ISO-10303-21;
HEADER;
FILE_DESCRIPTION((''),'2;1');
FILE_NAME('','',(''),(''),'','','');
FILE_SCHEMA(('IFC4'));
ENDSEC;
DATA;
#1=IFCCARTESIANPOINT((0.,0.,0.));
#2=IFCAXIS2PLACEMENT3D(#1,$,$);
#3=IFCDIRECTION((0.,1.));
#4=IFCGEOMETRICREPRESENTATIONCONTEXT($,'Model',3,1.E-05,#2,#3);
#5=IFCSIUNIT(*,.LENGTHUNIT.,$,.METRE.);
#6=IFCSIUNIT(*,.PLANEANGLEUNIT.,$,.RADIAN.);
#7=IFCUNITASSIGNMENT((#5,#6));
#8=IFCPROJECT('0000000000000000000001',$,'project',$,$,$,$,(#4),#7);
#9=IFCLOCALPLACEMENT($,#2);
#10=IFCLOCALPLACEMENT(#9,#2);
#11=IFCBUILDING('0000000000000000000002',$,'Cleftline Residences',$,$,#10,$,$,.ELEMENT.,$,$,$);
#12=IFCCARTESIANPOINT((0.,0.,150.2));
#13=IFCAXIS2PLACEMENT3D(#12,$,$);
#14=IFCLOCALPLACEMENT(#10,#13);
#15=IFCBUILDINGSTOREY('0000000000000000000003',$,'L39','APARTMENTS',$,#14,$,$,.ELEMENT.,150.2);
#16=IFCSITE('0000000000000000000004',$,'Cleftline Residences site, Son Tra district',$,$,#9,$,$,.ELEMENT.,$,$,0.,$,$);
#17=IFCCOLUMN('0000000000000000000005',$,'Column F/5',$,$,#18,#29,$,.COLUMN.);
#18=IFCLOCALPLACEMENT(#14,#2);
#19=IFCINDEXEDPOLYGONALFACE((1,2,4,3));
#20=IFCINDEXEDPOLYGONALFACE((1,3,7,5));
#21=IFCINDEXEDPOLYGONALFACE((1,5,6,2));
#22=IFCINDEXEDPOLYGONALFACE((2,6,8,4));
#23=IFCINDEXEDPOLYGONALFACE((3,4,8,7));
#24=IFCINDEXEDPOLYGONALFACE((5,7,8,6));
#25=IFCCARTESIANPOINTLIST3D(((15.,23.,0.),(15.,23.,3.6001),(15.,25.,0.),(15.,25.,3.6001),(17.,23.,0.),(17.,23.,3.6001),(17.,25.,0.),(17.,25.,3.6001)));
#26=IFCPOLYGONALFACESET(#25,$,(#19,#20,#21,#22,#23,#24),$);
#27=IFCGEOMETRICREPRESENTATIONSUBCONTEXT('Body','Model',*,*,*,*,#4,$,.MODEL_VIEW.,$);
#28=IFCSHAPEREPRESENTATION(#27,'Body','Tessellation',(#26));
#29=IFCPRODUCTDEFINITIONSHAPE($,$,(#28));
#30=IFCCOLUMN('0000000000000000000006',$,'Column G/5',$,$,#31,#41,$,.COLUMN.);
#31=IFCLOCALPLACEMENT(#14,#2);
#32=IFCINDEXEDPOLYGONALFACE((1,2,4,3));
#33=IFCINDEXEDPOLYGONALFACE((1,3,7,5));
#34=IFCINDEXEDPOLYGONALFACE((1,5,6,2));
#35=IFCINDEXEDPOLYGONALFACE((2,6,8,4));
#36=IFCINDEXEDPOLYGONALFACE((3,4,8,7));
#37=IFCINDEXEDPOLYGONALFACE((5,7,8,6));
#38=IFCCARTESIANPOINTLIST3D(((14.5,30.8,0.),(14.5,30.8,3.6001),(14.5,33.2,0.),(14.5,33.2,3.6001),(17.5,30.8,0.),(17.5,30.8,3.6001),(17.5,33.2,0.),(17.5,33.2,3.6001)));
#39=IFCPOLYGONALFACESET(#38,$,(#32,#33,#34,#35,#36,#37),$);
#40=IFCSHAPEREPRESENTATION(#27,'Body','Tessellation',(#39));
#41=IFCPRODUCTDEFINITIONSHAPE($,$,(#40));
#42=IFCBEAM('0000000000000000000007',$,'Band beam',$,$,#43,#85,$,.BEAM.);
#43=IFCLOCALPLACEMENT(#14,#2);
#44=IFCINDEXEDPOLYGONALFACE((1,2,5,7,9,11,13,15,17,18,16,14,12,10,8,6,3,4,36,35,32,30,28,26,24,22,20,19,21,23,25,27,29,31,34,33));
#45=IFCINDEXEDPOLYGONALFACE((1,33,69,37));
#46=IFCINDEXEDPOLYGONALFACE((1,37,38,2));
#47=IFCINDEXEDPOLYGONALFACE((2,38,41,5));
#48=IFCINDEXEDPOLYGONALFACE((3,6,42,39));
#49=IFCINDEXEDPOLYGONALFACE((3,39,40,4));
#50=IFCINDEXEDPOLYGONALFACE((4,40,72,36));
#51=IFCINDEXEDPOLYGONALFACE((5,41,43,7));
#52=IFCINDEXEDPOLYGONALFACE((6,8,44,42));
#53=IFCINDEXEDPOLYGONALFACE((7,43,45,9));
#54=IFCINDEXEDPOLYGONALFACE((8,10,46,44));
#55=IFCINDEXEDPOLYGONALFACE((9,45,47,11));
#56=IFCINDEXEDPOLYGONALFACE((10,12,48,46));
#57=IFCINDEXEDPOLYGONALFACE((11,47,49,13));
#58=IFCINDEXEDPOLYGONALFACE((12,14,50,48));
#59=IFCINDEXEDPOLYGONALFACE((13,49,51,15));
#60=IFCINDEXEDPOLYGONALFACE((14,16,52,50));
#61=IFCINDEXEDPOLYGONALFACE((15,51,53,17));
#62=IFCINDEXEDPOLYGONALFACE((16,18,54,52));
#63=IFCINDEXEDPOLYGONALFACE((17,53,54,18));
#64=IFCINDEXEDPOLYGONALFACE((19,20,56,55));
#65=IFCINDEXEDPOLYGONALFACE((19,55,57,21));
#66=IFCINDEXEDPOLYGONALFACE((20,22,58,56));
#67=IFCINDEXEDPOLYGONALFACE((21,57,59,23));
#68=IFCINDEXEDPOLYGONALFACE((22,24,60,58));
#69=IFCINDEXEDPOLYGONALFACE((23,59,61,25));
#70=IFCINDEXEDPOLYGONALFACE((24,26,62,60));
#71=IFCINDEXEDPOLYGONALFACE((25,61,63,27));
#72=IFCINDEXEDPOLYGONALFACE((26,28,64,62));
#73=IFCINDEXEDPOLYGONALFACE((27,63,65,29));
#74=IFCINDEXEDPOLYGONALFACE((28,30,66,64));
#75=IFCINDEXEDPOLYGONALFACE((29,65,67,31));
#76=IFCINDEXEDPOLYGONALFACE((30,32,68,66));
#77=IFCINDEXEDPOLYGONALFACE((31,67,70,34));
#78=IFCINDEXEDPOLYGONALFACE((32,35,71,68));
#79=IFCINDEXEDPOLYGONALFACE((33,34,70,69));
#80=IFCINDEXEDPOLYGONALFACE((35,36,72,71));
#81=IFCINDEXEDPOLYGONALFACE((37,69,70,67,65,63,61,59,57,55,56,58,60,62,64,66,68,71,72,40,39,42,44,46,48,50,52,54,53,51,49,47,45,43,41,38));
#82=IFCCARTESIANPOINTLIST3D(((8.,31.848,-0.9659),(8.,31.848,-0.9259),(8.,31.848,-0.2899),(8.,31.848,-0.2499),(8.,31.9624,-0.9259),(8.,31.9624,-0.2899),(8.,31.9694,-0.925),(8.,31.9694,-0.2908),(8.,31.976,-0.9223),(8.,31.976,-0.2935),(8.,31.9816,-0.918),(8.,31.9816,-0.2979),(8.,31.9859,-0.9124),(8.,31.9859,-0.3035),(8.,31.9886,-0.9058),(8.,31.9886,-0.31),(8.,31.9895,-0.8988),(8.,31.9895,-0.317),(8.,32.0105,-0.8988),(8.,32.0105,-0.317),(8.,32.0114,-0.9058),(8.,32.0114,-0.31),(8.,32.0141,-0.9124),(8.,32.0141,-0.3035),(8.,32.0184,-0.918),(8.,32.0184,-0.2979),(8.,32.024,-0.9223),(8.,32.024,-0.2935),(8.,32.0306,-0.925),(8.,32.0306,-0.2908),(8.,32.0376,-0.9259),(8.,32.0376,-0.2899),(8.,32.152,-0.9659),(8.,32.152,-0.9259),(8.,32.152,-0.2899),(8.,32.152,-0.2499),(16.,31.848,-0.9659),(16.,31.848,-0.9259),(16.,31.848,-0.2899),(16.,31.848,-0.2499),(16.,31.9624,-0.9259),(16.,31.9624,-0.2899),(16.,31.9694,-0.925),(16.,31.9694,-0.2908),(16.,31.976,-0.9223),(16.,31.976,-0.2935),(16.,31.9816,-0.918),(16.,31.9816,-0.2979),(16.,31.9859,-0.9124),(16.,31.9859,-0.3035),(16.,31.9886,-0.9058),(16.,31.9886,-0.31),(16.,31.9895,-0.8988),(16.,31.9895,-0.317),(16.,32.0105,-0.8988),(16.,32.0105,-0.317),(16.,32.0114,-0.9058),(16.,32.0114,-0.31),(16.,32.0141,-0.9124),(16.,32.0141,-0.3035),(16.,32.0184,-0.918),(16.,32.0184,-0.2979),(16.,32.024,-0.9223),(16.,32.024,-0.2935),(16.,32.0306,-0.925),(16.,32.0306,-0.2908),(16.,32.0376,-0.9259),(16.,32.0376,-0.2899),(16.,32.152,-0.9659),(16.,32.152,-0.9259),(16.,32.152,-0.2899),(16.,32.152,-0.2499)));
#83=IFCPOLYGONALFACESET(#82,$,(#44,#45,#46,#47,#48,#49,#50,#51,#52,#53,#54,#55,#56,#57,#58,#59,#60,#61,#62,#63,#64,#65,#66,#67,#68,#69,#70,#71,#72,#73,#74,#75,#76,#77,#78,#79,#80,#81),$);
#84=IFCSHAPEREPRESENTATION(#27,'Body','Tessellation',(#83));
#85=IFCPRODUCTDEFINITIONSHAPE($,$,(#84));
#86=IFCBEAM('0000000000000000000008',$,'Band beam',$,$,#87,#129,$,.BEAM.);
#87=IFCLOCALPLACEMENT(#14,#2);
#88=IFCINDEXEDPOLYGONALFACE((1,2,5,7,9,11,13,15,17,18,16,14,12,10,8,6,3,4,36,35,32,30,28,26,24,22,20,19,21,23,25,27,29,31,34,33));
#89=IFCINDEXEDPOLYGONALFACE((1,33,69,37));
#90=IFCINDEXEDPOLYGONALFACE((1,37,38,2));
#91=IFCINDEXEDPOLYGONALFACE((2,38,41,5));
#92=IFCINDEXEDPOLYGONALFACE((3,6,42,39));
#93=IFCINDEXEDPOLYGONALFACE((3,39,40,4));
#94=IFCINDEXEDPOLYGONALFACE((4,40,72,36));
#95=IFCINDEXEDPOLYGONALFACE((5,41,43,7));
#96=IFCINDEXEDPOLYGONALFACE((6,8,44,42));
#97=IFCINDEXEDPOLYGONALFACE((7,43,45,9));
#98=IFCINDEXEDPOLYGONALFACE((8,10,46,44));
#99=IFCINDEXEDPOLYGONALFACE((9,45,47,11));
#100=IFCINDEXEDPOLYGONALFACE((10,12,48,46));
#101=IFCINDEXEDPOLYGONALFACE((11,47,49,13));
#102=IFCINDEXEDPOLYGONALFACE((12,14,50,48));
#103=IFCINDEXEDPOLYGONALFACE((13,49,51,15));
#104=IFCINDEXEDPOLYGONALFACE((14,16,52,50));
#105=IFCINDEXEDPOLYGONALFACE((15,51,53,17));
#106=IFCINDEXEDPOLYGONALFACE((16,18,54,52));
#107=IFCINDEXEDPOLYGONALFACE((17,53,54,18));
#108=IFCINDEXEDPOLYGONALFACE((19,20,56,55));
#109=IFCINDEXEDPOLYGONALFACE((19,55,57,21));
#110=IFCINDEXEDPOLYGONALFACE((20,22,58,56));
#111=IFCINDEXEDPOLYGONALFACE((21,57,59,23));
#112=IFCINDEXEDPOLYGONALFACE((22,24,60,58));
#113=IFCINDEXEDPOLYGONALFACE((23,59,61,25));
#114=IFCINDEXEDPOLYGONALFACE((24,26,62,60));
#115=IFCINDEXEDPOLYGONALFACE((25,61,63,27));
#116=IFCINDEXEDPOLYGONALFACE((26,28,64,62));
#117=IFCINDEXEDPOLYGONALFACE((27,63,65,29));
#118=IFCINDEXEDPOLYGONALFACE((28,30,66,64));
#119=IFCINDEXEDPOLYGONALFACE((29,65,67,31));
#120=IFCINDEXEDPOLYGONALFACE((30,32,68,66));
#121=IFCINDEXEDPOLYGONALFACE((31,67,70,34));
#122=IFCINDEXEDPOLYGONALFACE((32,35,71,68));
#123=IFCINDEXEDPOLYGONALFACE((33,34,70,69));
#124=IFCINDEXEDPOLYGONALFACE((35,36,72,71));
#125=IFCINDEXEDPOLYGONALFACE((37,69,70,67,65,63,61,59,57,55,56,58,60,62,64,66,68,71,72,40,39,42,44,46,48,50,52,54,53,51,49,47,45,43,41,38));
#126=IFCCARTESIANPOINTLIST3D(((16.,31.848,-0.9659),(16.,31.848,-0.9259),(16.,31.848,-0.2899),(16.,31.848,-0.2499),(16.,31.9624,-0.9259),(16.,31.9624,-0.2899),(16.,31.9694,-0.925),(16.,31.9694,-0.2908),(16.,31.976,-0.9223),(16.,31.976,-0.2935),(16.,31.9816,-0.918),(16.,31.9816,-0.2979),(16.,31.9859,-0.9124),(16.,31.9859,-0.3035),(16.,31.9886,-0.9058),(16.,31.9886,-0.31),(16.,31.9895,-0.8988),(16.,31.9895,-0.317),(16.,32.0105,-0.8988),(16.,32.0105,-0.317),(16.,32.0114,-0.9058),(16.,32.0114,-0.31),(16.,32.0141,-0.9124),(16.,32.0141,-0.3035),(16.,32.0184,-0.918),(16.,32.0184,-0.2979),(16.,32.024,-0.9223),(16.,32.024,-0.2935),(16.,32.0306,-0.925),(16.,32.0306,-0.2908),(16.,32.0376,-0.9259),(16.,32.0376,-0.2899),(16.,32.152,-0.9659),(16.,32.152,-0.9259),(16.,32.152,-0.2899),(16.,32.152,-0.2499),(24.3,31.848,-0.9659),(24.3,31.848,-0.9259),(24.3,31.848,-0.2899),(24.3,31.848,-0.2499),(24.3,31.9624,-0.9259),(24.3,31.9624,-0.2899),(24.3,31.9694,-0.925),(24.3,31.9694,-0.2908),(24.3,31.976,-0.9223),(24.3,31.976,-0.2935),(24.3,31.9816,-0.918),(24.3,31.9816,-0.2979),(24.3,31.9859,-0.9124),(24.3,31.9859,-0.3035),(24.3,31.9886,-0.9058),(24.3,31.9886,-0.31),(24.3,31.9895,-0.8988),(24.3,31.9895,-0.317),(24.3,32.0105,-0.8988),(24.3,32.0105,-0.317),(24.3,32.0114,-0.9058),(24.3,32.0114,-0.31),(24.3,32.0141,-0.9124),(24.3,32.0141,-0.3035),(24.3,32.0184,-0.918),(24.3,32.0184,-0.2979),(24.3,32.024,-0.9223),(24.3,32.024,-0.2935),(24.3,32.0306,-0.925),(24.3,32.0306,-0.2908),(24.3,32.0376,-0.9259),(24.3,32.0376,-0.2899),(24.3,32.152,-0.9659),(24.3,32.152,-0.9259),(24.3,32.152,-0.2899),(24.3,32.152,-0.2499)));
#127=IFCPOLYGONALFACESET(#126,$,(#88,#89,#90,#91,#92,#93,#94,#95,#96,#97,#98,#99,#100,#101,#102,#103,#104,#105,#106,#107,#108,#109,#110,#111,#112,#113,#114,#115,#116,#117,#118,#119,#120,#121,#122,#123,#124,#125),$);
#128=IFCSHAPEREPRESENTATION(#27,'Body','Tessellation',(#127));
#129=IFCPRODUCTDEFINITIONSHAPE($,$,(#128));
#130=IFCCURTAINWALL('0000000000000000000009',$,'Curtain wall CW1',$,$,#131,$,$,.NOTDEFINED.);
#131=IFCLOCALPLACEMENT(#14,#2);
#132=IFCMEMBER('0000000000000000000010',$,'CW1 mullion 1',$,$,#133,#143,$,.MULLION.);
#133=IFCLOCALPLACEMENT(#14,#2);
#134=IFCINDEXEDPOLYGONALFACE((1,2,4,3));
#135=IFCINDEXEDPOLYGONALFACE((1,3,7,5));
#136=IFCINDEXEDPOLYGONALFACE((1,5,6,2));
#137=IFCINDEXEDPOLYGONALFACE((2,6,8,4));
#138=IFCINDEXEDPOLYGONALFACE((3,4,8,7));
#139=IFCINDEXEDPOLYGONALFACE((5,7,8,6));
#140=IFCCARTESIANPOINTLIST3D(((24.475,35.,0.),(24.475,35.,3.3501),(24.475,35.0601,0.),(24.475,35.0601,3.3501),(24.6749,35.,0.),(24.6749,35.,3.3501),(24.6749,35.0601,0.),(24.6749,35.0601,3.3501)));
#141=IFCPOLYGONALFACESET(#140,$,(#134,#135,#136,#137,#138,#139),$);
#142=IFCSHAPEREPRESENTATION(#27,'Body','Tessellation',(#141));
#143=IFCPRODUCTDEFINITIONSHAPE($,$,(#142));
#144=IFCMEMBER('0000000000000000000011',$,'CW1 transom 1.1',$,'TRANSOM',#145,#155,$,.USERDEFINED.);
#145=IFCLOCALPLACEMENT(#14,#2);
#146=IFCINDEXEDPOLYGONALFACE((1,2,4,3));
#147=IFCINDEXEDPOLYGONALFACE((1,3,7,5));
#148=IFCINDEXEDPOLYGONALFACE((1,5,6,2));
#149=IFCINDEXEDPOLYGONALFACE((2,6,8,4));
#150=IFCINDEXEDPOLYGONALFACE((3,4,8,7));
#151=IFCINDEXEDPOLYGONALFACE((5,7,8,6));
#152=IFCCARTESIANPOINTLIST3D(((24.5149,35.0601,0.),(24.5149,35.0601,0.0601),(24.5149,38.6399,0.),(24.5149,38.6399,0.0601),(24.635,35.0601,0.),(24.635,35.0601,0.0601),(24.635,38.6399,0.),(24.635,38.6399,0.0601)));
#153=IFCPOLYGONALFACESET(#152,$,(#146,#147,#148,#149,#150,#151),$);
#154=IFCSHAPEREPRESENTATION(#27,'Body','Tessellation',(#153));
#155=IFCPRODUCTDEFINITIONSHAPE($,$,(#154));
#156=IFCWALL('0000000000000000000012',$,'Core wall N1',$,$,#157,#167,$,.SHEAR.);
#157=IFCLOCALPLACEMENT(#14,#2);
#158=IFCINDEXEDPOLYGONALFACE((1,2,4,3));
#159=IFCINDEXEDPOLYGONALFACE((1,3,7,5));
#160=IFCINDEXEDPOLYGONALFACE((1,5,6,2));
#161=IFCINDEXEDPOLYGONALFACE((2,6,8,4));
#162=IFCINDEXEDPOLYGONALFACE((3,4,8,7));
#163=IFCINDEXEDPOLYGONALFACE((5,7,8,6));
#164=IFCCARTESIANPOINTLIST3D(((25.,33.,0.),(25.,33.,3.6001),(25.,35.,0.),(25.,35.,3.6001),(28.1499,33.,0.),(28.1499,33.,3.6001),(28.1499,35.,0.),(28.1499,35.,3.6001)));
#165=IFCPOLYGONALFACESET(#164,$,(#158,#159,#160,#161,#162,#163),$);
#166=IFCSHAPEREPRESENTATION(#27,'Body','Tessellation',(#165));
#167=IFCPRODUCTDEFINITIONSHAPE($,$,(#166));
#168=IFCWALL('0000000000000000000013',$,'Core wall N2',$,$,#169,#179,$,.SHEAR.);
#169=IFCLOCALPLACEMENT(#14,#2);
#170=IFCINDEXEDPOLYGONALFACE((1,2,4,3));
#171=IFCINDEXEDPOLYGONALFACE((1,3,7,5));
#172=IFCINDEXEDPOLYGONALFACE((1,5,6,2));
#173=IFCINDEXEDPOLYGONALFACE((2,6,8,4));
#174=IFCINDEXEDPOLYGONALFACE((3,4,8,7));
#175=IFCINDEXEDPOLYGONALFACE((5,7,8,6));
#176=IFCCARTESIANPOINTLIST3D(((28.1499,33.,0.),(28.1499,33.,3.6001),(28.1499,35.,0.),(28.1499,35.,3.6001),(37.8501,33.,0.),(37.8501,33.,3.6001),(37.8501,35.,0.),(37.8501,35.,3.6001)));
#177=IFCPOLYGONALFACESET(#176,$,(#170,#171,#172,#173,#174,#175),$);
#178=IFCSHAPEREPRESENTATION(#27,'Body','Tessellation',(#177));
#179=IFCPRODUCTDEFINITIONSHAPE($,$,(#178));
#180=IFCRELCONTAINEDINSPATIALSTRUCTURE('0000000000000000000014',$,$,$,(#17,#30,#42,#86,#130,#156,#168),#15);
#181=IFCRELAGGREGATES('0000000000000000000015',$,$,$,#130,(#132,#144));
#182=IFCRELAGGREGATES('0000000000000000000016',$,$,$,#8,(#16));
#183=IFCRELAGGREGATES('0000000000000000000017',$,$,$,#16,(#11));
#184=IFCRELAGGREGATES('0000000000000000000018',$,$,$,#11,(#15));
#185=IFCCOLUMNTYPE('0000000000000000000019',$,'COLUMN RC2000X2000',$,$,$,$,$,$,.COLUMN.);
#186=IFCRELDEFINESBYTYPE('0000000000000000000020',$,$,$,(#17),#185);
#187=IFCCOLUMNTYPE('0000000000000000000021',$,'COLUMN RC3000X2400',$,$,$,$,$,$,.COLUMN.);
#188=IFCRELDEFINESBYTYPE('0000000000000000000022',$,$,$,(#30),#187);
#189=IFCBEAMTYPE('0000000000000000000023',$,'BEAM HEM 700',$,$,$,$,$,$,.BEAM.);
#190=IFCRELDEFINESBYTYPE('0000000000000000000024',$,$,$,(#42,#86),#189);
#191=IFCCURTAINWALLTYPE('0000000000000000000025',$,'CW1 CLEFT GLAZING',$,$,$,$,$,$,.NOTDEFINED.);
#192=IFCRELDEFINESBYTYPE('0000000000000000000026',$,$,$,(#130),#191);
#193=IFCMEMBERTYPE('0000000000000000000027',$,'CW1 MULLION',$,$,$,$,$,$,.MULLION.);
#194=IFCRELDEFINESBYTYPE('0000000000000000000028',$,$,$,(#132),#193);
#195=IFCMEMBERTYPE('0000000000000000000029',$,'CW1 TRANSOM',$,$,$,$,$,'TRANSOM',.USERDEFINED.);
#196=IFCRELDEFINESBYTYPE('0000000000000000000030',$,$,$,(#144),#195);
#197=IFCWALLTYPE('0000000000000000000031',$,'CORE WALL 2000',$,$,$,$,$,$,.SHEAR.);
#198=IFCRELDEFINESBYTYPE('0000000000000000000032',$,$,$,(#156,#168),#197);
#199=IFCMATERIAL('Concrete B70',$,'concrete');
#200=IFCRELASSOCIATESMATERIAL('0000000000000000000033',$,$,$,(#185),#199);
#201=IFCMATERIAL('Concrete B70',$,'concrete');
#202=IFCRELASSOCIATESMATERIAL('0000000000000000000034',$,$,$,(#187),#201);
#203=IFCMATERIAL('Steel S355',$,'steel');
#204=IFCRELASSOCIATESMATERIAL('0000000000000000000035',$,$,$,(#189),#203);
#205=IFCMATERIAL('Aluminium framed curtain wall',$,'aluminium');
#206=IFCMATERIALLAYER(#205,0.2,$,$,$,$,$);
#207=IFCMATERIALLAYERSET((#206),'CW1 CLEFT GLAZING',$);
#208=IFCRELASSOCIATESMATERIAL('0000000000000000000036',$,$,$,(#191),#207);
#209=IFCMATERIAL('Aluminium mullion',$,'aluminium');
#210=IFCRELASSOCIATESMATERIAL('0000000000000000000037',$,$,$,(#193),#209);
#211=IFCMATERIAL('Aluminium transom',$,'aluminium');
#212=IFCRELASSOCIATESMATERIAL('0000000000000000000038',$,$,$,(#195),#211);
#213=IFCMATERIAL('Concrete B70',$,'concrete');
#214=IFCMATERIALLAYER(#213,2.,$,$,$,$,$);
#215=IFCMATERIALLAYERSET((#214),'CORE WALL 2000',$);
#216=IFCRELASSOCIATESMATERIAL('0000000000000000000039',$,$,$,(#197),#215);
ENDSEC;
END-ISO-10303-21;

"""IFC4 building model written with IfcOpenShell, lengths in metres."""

from ifc_helpers import new_model, si_unit, direction, frame, frame_2d, origin, origin_2d, place, context, subcontext, project, spatial, rectangle, i_section, extrude, material, layer, layer_set, material_profile, profile_set, type_object, element, aggregate, save


model = new_model("IFC4")

# Units and contexts
model_context = context("Model", 3, precision=1e-05, world=origin(), true_north=direction((0.0, 1.0)))
body_context = subcontext(model_context, "Body", "Model", "MODEL_VIEW")
ifc_project = project(units=[si_unit("LENGTHUNIT", "METRE"), si_unit("PLANEANGLEUNIT", "RADIAN")], contexts=[model_context])

# Site, building, storey
site_placement = place(None, origin())
site = spatial("IfcSite", under=ifc_project, at=site_placement, Name="Cleftline Residences site, Son Tra district", CompositionType="ELEMENT", RefElevation=0.0)
building_placement = place(site_placement, origin())
building = spatial("IfcBuilding", under=site, at=building_placement, Name="Cleftline Residences", CompositionType="ELEMENT")
storey_placement = place(building_placement, frame((0.0, 0.0, 150.2)))
storey = spatial("IfcBuildingStorey", under=building, at=storey_placement, Name="L39", Description="APARTMENTS", CompositionType="ELEMENT", Elevation=150.2)

# Columns
ifc_material_1 = material(Name="Concrete B70", Category="concrete")
ifc_material_profile_1 = material_profile(ifc_material_1, rectangle(XDim=2.0, YDim=2.0, at=origin_2d()))
ifc_profile_set_1 = profile_set([ifc_material_profile_1], Name="Concrete B70")
column_type_1 = type_object("IfcColumnType", Name="COLUMN RC2000X2000", PredefinedType="COLUMN", material=ifc_profile_set_1)
column_1_placement = place(storey_placement, frame((16.0, 24.0, 0.0), z_axis=(0.0, 0.0, 1.0), x_axis=(1.0, 0.0, 0.0)))
element("IfcColumn", 1, at=column_1_placement, inside=storey, type_object=column_type_1, Name="Column F/5", PredefinedType="COLUMN", context=body_context, shape_type="SweptSolid", body=[
    extrude(rectangle(XDim=2.0, YDim=2.0, at=origin_2d()), origin(), (0.0, 0.0, 1.0), 3.6001),
])
ifc_material_2 = material(Name="Concrete B70", Category="concrete")
ifc_material_profile_2 = material_profile(ifc_material_2, rectangle(XDim=3.0, YDim=2.3999, at=origin_2d()))
ifc_profile_set_2 = profile_set([ifc_material_profile_2], Name="Concrete B70")
column_type_2 = type_object("IfcColumnType", Name="COLUMN RC3000X2400", PredefinedType="COLUMN", material=ifc_profile_set_2)
column_2_placement = place(storey_placement, frame((16.0, 32.0, 0.0), z_axis=(0.0, 0.0, 1.0), x_axis=(1.0, 0.0, 0.0)))
element("IfcColumn", 2, at=column_2_placement, inside=storey, type_object=column_type_2, Name="Column G/5", PredefinedType="COLUMN", context=body_context, shape_type="SweptSolid", body=[
    extrude(rectangle(XDim=3.0, YDim=2.3999, at=origin_2d()), origin(), (0.0, 0.0, 1.0), 3.6001),
])

# Beams
ifc_material_3 = material(Name="Steel S355", Category="steel")
ifc_material_profile_3 = material_profile(ifc_material_3, i_section(OverallWidth=0.304, OverallDepth=0.7161, WebThickness=0.021, FlangeThickness=0.04, FilletRadius=0.0271, at=origin_2d()))
ifc_profile_set_3 = profile_set([ifc_material_profile_3], Name="Steel S355")
beam_type = type_object("IfcBeamType", Name="BEAM HEM 700", PredefinedType="BEAM", material=ifc_profile_set_3)
beam_1_placement = place(storey_placement, frame((8.0, 32.0, -0.6079), z_axis=(1.0, 0.0, 0.0), x_axis=(0.0, 1.0, 0.0)))
element("IfcBeam", 3, at=beam_1_placement, inside=storey, type_object=beam_type, Name="Band beam", PredefinedType="BEAM", context=body_context, shape_type="SweptSolid", body=[
    extrude(i_section(OverallWidth=0.304, OverallDepth=0.7161, WebThickness=0.021, FlangeThickness=0.04, FilletRadius=0.0271, at=origin_2d()), origin(), (0.0, 0.0, 1.0), 8.0),
])
beam_2_placement = place(storey_placement, frame((16.0, 32.0, -0.6079), z_axis=(1.0, 0.0, 0.0), x_axis=(0.0, 1.0, 0.0)))
element("IfcBeam", 4, at=beam_2_placement, inside=storey, type_object=beam_type, Name="Band beam", PredefinedType="BEAM", context=body_context, shape_type="SweptSolid", body=[
    extrude(i_section(OverallWidth=0.304, OverallDepth=0.7161, WebThickness=0.021, FlangeThickness=0.04, FilletRadius=0.0271, at=origin_2d()), origin(), (0.0, 0.0, 1.0), 8.3),
])

# Curtain wall, members
ifc_material_4 = material(Name="Aluminium framed curtain wall", Category="aluminium")
ifc_layer_1 = layer(ifc_material_4, 0.2)
ifc_layer_set_1 = layer_set([ifc_layer_1], Name="CW1 CLEFT GLAZING")
curtain_wall_type = type_object("IfcCurtainWallType", Name="CW1 CLEFT GLAZING", PredefinedType="NOTDEFINED", material=ifc_layer_set_1)
curtain_wall_placement = place(storey_placement, origin())
curtain_wall = element("IfcCurtainWall", 5, at=curtain_wall_placement, inside=storey, type_object=curtain_wall_type, Name="Curtain wall CW1", PredefinedType="NOTDEFINED")
ifc_material_5 = material(Name="Aluminium mullion", Category="aluminium")
ifc_material_profile_4 = material_profile(ifc_material_5, rectangle(XDim=0.2, YDim=0.0601, at=origin_2d()))
ifc_profile_set_4 = profile_set([ifc_material_profile_4], Name="Aluminium mullion")
member_type_1 = type_object("IfcMemberType", Name="CW1 MULLION", PredefinedType="MULLION", material=ifc_profile_set_4)
member_1_placement = place(storey_placement, frame((24.575, 35.03, 0.0), z_axis=(0.0, 0.0, 1.0), x_axis=(-1.0, 0.0, 0.0)))
member_1 = element("IfcMember", 6, at=member_1_placement, type_object=member_type_1, Name="CW1 mullion 1", PredefinedType="MULLION", context=body_context, shape_type="SweptSolid", body=[
    extrude(rectangle(XDim=0.2, YDim=0.0601, at=origin_2d()), origin(), (0.0, 0.0, 1.0), 3.3501),
])
ifc_material_6 = material(Name="Aluminium transom", Category="aluminium")
ifc_material_profile_5 = material_profile(ifc_material_6, rectangle(XDim=0.1201, YDim=0.0601, at=origin_2d()))
ifc_profile_set_5 = profile_set([ifc_material_profile_5], Name="Aluminium transom")
member_type_2 = type_object("IfcMemberType", Name="CW1 TRANSOM", ElementType="TRANSOM", PredefinedType="USERDEFINED", material=ifc_profile_set_5)
member_2_placement = place(storey_placement, frame((24.575, 35.0601, 0.03), z_axis=(0.0, 1.0, 0.0), x_axis=(-1.0, 0.0, 0.0)))
member_2 = element("IfcMember", 7, at=member_2_placement, type_object=member_type_2, Name="CW1 transom 1.1", ObjectType="TRANSOM", PredefinedType="USERDEFINED", context=body_context, shape_type="SweptSolid", body=[
    extrude(rectangle(XDim=0.1201, YDim=0.0601, at=origin_2d()), origin(), (0.0, 0.0, 1.0), 3.5798),
])
aggregate(curtain_wall, [member_1, member_2])

# Walls
ifc_material_7 = material(Name="Concrete B70", Category="concrete")
ifc_layer_2 = layer(ifc_material_7, 2.0)
ifc_layer_set_2 = layer_set([ifc_layer_2], Name="CORE WALL 2000")
wall_type_1 = type_object("IfcWallType", Name="CORE WALL 2000", PredefinedType="SHEAR", material=ifc_layer_set_2)
wall_1_placement = place(storey_placement, frame((25.0, 34.0, 0.0), z_axis=(0.0, 0.0, 1.0), x_axis=(1.0, 0.0, 0.0)))
element("IfcWall", 8, at=wall_1_placement, inside=storey, type_object=wall_type_1, Name="Core wall N1", PredefinedType="SHEAR", context=body_context, shape_type="SweptSolid", body=[
    extrude(rectangle(XDim=3.1499, YDim=2.0, at=frame_2d((1.575, 0.0))), origin(), (0.0, 0.0, 1.0), 3.6001),
])
wall_2_placement = place(storey_placement, frame((28.1499, 34.0, 0.0), z_axis=(0.0, 0.0, 1.0), x_axis=(1.0, 0.0, 0.0)))
element("IfcWall", 9, at=wall_2_placement, inside=storey, type_object=wall_type_1, Name="Core wall N2", PredefinedType="SHEAR", context=body_context, shape_type="SweptSolid", body=[
    extrude(rectangle(XDim=9.7002, YDim=2.0, at=frame_2d((4.8501, 0.0))), origin(), (0.0, 0.0, 1.0), 3.6001),
])

save(model, "model.ifc")
